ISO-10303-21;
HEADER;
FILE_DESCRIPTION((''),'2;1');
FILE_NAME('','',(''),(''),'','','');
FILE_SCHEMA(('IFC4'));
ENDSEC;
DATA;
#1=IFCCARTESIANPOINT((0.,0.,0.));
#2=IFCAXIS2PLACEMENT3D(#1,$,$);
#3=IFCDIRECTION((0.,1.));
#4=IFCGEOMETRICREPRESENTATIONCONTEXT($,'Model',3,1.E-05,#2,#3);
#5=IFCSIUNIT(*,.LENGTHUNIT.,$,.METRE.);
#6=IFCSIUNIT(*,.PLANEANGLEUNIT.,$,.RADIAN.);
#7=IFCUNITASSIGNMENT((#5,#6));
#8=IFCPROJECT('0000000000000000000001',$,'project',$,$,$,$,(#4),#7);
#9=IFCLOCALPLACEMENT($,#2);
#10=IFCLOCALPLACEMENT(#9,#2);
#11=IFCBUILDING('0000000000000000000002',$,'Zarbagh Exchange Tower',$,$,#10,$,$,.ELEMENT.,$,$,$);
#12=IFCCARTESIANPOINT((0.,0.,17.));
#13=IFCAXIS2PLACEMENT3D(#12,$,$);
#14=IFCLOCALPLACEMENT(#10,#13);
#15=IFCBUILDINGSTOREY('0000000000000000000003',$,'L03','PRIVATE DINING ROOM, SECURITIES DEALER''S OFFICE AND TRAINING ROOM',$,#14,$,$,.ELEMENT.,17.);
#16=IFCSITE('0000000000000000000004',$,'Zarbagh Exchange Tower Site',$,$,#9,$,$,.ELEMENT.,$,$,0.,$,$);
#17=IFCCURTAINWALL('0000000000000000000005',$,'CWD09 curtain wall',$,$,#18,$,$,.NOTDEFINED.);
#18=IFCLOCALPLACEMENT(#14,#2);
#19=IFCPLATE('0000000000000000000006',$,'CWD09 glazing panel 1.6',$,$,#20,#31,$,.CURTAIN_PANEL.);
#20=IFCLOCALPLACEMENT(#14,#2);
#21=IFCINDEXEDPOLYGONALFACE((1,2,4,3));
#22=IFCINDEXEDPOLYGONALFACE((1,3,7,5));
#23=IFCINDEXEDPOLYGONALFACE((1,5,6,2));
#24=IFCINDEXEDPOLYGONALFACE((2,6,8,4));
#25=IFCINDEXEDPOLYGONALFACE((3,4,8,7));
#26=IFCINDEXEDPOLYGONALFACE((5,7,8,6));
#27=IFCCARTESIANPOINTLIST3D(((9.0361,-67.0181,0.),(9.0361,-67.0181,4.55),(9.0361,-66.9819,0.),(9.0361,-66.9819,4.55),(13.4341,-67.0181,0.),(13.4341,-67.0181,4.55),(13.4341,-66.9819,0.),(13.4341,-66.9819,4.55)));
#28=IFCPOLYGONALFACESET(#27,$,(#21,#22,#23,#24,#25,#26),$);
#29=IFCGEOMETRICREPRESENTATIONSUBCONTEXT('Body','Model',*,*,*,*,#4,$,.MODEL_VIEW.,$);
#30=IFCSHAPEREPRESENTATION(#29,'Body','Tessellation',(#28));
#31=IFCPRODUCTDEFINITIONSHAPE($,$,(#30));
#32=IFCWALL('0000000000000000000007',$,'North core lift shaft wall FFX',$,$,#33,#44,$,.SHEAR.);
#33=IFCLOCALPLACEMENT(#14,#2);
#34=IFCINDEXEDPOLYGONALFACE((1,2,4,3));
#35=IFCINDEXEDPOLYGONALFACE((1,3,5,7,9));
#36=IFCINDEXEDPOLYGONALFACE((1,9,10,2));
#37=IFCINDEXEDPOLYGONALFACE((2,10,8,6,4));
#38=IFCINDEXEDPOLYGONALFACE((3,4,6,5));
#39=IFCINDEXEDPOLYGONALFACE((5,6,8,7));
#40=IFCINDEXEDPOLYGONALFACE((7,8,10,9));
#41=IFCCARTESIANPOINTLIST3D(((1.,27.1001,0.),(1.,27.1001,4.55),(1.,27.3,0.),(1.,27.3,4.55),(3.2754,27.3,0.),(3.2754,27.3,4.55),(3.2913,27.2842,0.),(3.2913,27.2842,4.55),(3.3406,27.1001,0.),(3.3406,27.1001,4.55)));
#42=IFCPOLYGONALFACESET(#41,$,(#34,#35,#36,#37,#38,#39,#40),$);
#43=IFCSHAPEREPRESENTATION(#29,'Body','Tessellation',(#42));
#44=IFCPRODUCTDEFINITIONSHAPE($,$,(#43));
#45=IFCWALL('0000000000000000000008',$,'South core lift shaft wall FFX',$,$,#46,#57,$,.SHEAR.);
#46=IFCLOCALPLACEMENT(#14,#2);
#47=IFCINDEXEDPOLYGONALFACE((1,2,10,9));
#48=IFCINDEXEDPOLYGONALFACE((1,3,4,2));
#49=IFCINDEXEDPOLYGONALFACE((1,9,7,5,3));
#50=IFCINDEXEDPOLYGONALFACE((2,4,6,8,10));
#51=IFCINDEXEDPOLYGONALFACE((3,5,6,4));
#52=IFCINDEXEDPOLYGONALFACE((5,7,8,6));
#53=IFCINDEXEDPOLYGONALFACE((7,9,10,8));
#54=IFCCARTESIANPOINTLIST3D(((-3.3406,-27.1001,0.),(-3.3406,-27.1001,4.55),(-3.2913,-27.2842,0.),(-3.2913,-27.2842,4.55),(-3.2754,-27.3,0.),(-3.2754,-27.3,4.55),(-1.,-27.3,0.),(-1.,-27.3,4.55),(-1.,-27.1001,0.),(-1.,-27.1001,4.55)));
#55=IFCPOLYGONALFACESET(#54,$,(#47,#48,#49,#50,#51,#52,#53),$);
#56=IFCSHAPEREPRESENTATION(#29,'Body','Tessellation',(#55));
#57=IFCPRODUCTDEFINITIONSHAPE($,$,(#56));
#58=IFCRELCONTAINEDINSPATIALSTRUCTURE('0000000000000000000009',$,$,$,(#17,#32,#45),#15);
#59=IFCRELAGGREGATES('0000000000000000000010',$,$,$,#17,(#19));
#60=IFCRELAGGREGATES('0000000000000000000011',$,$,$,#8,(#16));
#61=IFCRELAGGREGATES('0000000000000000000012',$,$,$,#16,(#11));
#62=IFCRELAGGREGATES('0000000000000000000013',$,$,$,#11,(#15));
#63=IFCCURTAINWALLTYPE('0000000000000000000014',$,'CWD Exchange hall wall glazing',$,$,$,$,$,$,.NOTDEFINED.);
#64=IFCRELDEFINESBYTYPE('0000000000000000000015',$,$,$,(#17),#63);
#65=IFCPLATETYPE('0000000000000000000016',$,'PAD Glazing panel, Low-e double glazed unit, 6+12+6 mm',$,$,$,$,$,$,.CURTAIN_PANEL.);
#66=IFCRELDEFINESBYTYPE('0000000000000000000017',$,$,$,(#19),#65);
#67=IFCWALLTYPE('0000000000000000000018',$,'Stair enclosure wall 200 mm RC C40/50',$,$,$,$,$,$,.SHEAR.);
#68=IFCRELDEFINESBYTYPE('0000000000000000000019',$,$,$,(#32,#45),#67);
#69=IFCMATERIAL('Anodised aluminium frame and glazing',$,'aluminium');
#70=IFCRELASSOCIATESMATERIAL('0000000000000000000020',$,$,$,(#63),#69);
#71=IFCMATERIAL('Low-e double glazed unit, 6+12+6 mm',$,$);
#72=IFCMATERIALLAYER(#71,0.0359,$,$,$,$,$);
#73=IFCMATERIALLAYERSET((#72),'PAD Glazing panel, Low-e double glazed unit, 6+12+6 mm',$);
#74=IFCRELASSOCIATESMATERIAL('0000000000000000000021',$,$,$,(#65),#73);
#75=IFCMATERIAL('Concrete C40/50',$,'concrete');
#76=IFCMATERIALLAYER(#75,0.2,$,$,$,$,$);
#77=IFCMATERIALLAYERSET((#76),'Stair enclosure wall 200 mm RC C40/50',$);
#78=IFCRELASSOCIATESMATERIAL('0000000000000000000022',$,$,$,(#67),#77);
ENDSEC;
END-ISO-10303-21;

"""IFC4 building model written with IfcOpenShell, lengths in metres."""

from ifc_helpers import new_model, si_unit, direction, frame, origin, place, context, subcontext, project, spatial, polyline, outline, extrude, source, transform, mapped, material, layer, layer_set, type_object, element, aggregate, save


model = new_model("IFC4")

# Units and contexts
model_context = context("Model", 3, precision=1e-05, world=origin(), true_north=direction((0.0, 1.0)))
body_context = subcontext(model_context, "Body", "Model", "MODEL_VIEW")
ifc_project = project(units=[si_unit("LENGTHUNIT", "METRE"), si_unit("PLANEANGLEUNIT", "RADIAN")], contexts=[model_context])

# Site, building, storey
site_placement = place(None, origin())
site = spatial("IfcSite", under=ifc_project, at=site_placement, Name="Zarbagh Exchange Tower Site", CompositionType="ELEMENT", RefElevation=0.0)
building_placement = place(site_placement, origin())
building = spatial("IfcBuilding", under=site, at=building_placement, Name="Zarbagh Exchange Tower", CompositionType="ELEMENT")
storey_placement = place(building_placement, frame((0.0, 0.0, 17.0)))
storey = spatial("IfcBuildingStorey", under=building, at=storey_placement, Name="L03", Description="PRIVATE DINING ROOM, SECURITIES DEALER'S OFFICE AND TRAINING ROOM", CompositionType="ELEMENT", Elevation=17.0)

# Curtain wall
ifc_material_1 = material(Name="Anodised aluminium frame and glazing", Category="aluminium")
curtain_wall_type = type_object("IfcCurtainWallType", Name="CWD Exchange hall wall glazing", PredefinedType="NOTDEFINED", material=ifc_material_1)
curtain_wall_1_placement = place(storey_placement, origin())
curtain_wall_1 = element("IfcCurtainWall", 1, at=curtain_wall_1_placement, inside=storey, type_object=curtain_wall_type, Name="CWD09 curtain wall", PredefinedType="NOTDEFINED")
placement = place(storey_placement, origin())

# Shared definitions
ifc_material_2 = material(Name="Concrete C40/50", Category="concrete")

# Shared definitions
ifc_material_3 = material(Name="Low-e double glazed unit, 6+12+6 mm")
ifc_layer_1 = layer(ifc_material_3, 0.0359)
ifc_layer_set_1 = layer_set([ifc_layer_1], Name="PAD Glazing panel, Low-e double glazed unit, 6+12+6 mm")
plate_type = type_object("IfcPlateType", Name="PAD Glazing panel, Low-e double glazed unit, 6+12+6 mm", PredefinedType="CURTAIN_PANEL", material=ifc_layer_set_1)

# Plate
shared_shape_1 = source(origin(), body_context, "Body", "SweptSolid", [
    extrude(outline(polyline([(0.0, -0.0181), (4.3979, -0.0181), (4.3979, 0.0181), (0.0, 0.0181), (0.0, -0.0181)])), origin(), (0.0, 0.0, 1.0), 4.55),
])
plate_1 = element("IfcPlate", 2, at=placement, type_object=plate_type, Name="CWD09 glazing panel 1.6", PredefinedType="CURTAIN_PANEL", context=body_context, shape_type="MappedRepresentation", body=[
    mapped(shared_shape_1, transform((9.0361, -67.0, 0.0), x_axis=(1.0, 0.0, 0.0), y_axis=(0.0, 1.0, 0.0), z_axis=(0.0, 0.0, 1.0))),
])
aggregate(curtain_wall_1, [plate_1])

# Walls
ifc_layer_2 = layer(ifc_material_2, 0.2)
ifc_layer_set_2 = layer_set([ifc_layer_2], Name="Stair enclosure wall 200 mm RC C40/50")
wall_type = type_object("IfcWallType", Name="Stair enclosure wall 200 mm RC C40/50", PredefinedType="SHEAR", material=ifc_layer_set_2)
wall_1_placement = place(storey_placement, origin())
element("IfcWall", 3, at=wall_1_placement, inside=storey, type_object=wall_type, Name="North core lift shaft wall FFX", PredefinedType="SHEAR", context=body_context, shape_type="SweptSolid", body=[
    extrude(outline(polyline([(1.0, 27.1001), (3.3406, 27.1001), (3.2913, 27.2842), (3.2754, 27.3), (1.0, 27.3), (1.0, 27.1001)])), origin(), (0.0, 0.0, 1.0), 4.55),
])
wall_2_placement = place(storey_placement, origin())
element("IfcWall", 4, at=wall_2_placement, inside=storey, type_object=wall_type, Name="South core lift shaft wall FFX", PredefinedType="SHEAR", context=body_context, shape_type="SweptSolid", body=[
    extrude(outline(polyline([(-1.0, -27.1001), (-3.3406, -27.1001), (-3.2913, -27.2842), (-3.2754, -27.3), (-1.0, -27.3), (-1.0, -27.1001)])), origin(), (0.0, 0.0, 1.0), 4.55),
])

save(model, "model.ifc")
